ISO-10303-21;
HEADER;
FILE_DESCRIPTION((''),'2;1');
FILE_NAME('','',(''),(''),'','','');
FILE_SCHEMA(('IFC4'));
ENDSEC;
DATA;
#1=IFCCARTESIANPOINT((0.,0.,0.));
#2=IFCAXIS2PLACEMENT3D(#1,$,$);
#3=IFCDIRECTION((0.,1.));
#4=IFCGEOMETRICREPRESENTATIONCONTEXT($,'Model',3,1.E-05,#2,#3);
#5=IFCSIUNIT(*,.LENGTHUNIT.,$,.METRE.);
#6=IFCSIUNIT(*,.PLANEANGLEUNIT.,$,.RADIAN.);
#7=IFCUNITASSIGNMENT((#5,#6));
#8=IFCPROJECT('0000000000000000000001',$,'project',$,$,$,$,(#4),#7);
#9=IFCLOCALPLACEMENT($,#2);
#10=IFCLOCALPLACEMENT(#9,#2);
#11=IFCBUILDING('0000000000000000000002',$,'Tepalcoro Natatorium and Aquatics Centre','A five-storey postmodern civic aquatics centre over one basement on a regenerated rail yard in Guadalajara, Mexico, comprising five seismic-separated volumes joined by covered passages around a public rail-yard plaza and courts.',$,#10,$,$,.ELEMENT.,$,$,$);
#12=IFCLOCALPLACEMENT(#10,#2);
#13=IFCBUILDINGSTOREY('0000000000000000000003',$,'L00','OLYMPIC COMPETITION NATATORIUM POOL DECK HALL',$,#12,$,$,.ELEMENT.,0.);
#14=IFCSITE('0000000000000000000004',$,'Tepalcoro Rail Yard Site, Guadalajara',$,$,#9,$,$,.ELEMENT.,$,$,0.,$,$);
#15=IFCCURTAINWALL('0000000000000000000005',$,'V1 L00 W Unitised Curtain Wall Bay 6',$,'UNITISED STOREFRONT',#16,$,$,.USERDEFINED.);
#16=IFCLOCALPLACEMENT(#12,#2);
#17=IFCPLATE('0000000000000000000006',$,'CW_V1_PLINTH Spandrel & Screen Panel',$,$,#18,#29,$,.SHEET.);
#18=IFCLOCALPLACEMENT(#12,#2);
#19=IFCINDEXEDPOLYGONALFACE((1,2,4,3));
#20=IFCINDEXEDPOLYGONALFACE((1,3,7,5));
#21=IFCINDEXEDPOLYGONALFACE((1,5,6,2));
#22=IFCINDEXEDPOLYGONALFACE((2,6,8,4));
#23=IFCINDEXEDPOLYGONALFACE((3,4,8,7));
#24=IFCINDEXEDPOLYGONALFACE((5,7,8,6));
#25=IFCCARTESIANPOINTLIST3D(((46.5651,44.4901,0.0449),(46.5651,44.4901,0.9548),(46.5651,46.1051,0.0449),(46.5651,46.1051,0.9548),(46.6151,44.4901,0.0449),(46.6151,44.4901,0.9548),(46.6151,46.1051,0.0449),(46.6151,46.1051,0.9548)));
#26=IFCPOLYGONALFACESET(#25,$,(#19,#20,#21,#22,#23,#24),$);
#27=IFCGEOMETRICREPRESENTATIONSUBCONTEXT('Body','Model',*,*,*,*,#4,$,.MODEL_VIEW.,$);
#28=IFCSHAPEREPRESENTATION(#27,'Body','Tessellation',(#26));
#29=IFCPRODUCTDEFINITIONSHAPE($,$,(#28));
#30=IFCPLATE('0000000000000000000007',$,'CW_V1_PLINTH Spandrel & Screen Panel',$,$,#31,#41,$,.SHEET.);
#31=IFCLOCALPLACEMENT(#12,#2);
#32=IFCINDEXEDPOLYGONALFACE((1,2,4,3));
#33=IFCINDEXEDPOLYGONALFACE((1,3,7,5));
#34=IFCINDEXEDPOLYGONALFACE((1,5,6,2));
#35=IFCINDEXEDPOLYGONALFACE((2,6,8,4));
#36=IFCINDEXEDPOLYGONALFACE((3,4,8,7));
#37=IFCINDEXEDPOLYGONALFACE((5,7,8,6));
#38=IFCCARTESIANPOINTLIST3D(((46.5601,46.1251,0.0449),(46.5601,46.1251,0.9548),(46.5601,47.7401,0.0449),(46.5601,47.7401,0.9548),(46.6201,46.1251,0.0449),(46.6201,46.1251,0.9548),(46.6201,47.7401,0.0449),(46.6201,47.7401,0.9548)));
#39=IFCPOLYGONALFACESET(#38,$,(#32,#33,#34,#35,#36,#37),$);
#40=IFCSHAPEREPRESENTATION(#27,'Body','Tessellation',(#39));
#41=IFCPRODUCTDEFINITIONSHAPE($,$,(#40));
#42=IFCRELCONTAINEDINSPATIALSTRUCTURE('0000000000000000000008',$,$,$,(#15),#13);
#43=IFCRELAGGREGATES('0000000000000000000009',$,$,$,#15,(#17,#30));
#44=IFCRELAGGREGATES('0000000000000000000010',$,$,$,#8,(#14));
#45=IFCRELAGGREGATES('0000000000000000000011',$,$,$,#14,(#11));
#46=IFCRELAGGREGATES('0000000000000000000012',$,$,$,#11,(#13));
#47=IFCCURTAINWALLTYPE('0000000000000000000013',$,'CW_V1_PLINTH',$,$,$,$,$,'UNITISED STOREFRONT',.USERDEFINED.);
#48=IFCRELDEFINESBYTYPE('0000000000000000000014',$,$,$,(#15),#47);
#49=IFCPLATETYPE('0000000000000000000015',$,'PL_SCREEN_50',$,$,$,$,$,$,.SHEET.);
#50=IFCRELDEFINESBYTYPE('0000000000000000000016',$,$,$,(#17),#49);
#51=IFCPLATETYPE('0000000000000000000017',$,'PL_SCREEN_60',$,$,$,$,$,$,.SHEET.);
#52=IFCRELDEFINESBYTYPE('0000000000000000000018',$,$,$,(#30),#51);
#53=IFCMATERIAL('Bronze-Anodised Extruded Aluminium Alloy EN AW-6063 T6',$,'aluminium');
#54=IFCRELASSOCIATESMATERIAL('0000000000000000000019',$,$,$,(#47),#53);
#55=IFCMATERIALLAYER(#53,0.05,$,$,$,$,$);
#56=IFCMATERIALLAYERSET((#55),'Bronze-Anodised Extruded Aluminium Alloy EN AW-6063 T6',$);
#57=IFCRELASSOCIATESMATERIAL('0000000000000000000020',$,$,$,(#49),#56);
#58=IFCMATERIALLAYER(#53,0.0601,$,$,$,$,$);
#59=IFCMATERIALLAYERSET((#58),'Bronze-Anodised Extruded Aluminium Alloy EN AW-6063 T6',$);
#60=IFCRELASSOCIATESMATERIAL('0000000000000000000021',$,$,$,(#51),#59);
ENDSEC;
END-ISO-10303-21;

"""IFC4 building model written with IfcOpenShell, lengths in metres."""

from ifc_helpers import new_model, si_unit, direction, frame, origin, origin_2d, place, context, subcontext, project, spatial, rectangle, extrude, material, layer, layer_set, type_object, element, aggregate, save


model = new_model("IFC4")

# Units and contexts
model_context = context("Model", 3, precision=1e-05, world=origin(), true_north=direction((0.0, 1.0)))
body_context = subcontext(model_context, "Body", "Model", "MODEL_VIEW")
ifc_project = project(units=[si_unit("LENGTHUNIT", "METRE"), si_unit("PLANEANGLEUNIT", "RADIAN")], contexts=[model_context])

# Site, building, storey
site_placement = place(None, origin())
site = spatial("IfcSite", under=ifc_project, at=site_placement, Name="Tepalcoro Rail Yard Site, Guadalajara", CompositionType="ELEMENT", RefElevation=0.0)
building_placement = place(site_placement, origin())
building = spatial("IfcBuilding", under=site, at=building_placement, Name="Tepalcoro Natatorium and Aquatics Centre", Description="A five-storey postmodern civic aquatics centre over one basement on a regenerated rail yard in Guadalajara, Mexico, comprising five seismic-separated volumes joined by covered passages around a public rail-yard plaza and courts.", CompositionType="ELEMENT")
storey_placement = place(building_placement, origin())
storey = spatial("IfcBuildingStorey", under=building, at=storey_placement, Name="L00", Description="OLYMPIC COMPETITION NATATORIUM POOL DECK HALL", CompositionType="ELEMENT", Elevation=0.0)

# Curtain wall
ifc_material_1 = material(Name="Bronze-Anodised Extruded Aluminium Alloy EN AW-6063 T6", Category="aluminium")
curtain_wall_type = type_object("IfcCurtainWallType", Name="CW_V1_PLINTH", ElementType="UNITISED STOREFRONT", PredefinedType="USERDEFINED", material=ifc_material_1)
curtain_wall_placement = place(storey_placement, origin())
curtain_wall = element("IfcCurtainWall", 1, at=curtain_wall_placement, inside=storey, type_object=curtain_wall_type, Name="V1 L00 W Unitised Curtain Wall Bay 6", ObjectType="UNITISED STOREFRONT", PredefinedType="USERDEFINED")

# Plates
ifc_layer_1 = layer(ifc_material_1, 0.05)
ifc_layer_set_1 = layer_set([ifc_layer_1], Name="Bronze-Anodised Extruded Aluminium Alloy EN AW-6063 T6")
plate_type_1 = type_object("IfcPlateType", Name="PL_SCREEN_50", PredefinedType="SHEET", material=ifc_layer_set_1)
plate_1_placement = place(storey_placement, frame((46.5901, 45.2976, 0.0449), z_axis=(0.0, 0.0, 1.0), x_axis=(1.0, 0.0, 0.0)))
plate_1 = element("IfcPlate", 2, at=plate_1_placement, type_object=plate_type_1, Name="CW_V1_PLINTH Spandrel & Screen Panel", PredefinedType="SHEET", context=body_context, shape_type="SweptSolid", body=[
    extrude(rectangle(XDim=0.05, YDim=1.615, at=origin_2d()), origin(), (0.0, 0.0, 1.0), 0.9099),
])
ifc_layer_2 = layer(ifc_material_1, 0.0601)
ifc_layer_set_2 = layer_set([ifc_layer_2], Name="Bronze-Anodised Extruded Aluminium Alloy EN AW-6063 T6")
plate_type_2 = type_object("IfcPlateType", Name="PL_SCREEN_60", PredefinedType="SHEET", material=ifc_layer_set_2)
plate_2_placement = place(storey_placement, frame((46.5901, 46.9326, 0.0449), z_axis=(0.0, 0.0, 1.0), x_axis=(1.0, 0.0, 0.0)))
plate_2 = element("IfcPlate", 3, at=plate_2_placement, type_object=plate_type_2, Name="CW_V1_PLINTH Spandrel & Screen Panel", PredefinedType="SHEET", context=body_context, shape_type="SweptSolid", body=[
    extrude(rectangle(XDim=0.0601, YDim=1.615, at=origin_2d()), origin(), (0.0, 0.0, 1.0), 0.9099),
])
aggregate(curtain_wall, [plate_1, plate_2])

save(model, "model.ifc")
